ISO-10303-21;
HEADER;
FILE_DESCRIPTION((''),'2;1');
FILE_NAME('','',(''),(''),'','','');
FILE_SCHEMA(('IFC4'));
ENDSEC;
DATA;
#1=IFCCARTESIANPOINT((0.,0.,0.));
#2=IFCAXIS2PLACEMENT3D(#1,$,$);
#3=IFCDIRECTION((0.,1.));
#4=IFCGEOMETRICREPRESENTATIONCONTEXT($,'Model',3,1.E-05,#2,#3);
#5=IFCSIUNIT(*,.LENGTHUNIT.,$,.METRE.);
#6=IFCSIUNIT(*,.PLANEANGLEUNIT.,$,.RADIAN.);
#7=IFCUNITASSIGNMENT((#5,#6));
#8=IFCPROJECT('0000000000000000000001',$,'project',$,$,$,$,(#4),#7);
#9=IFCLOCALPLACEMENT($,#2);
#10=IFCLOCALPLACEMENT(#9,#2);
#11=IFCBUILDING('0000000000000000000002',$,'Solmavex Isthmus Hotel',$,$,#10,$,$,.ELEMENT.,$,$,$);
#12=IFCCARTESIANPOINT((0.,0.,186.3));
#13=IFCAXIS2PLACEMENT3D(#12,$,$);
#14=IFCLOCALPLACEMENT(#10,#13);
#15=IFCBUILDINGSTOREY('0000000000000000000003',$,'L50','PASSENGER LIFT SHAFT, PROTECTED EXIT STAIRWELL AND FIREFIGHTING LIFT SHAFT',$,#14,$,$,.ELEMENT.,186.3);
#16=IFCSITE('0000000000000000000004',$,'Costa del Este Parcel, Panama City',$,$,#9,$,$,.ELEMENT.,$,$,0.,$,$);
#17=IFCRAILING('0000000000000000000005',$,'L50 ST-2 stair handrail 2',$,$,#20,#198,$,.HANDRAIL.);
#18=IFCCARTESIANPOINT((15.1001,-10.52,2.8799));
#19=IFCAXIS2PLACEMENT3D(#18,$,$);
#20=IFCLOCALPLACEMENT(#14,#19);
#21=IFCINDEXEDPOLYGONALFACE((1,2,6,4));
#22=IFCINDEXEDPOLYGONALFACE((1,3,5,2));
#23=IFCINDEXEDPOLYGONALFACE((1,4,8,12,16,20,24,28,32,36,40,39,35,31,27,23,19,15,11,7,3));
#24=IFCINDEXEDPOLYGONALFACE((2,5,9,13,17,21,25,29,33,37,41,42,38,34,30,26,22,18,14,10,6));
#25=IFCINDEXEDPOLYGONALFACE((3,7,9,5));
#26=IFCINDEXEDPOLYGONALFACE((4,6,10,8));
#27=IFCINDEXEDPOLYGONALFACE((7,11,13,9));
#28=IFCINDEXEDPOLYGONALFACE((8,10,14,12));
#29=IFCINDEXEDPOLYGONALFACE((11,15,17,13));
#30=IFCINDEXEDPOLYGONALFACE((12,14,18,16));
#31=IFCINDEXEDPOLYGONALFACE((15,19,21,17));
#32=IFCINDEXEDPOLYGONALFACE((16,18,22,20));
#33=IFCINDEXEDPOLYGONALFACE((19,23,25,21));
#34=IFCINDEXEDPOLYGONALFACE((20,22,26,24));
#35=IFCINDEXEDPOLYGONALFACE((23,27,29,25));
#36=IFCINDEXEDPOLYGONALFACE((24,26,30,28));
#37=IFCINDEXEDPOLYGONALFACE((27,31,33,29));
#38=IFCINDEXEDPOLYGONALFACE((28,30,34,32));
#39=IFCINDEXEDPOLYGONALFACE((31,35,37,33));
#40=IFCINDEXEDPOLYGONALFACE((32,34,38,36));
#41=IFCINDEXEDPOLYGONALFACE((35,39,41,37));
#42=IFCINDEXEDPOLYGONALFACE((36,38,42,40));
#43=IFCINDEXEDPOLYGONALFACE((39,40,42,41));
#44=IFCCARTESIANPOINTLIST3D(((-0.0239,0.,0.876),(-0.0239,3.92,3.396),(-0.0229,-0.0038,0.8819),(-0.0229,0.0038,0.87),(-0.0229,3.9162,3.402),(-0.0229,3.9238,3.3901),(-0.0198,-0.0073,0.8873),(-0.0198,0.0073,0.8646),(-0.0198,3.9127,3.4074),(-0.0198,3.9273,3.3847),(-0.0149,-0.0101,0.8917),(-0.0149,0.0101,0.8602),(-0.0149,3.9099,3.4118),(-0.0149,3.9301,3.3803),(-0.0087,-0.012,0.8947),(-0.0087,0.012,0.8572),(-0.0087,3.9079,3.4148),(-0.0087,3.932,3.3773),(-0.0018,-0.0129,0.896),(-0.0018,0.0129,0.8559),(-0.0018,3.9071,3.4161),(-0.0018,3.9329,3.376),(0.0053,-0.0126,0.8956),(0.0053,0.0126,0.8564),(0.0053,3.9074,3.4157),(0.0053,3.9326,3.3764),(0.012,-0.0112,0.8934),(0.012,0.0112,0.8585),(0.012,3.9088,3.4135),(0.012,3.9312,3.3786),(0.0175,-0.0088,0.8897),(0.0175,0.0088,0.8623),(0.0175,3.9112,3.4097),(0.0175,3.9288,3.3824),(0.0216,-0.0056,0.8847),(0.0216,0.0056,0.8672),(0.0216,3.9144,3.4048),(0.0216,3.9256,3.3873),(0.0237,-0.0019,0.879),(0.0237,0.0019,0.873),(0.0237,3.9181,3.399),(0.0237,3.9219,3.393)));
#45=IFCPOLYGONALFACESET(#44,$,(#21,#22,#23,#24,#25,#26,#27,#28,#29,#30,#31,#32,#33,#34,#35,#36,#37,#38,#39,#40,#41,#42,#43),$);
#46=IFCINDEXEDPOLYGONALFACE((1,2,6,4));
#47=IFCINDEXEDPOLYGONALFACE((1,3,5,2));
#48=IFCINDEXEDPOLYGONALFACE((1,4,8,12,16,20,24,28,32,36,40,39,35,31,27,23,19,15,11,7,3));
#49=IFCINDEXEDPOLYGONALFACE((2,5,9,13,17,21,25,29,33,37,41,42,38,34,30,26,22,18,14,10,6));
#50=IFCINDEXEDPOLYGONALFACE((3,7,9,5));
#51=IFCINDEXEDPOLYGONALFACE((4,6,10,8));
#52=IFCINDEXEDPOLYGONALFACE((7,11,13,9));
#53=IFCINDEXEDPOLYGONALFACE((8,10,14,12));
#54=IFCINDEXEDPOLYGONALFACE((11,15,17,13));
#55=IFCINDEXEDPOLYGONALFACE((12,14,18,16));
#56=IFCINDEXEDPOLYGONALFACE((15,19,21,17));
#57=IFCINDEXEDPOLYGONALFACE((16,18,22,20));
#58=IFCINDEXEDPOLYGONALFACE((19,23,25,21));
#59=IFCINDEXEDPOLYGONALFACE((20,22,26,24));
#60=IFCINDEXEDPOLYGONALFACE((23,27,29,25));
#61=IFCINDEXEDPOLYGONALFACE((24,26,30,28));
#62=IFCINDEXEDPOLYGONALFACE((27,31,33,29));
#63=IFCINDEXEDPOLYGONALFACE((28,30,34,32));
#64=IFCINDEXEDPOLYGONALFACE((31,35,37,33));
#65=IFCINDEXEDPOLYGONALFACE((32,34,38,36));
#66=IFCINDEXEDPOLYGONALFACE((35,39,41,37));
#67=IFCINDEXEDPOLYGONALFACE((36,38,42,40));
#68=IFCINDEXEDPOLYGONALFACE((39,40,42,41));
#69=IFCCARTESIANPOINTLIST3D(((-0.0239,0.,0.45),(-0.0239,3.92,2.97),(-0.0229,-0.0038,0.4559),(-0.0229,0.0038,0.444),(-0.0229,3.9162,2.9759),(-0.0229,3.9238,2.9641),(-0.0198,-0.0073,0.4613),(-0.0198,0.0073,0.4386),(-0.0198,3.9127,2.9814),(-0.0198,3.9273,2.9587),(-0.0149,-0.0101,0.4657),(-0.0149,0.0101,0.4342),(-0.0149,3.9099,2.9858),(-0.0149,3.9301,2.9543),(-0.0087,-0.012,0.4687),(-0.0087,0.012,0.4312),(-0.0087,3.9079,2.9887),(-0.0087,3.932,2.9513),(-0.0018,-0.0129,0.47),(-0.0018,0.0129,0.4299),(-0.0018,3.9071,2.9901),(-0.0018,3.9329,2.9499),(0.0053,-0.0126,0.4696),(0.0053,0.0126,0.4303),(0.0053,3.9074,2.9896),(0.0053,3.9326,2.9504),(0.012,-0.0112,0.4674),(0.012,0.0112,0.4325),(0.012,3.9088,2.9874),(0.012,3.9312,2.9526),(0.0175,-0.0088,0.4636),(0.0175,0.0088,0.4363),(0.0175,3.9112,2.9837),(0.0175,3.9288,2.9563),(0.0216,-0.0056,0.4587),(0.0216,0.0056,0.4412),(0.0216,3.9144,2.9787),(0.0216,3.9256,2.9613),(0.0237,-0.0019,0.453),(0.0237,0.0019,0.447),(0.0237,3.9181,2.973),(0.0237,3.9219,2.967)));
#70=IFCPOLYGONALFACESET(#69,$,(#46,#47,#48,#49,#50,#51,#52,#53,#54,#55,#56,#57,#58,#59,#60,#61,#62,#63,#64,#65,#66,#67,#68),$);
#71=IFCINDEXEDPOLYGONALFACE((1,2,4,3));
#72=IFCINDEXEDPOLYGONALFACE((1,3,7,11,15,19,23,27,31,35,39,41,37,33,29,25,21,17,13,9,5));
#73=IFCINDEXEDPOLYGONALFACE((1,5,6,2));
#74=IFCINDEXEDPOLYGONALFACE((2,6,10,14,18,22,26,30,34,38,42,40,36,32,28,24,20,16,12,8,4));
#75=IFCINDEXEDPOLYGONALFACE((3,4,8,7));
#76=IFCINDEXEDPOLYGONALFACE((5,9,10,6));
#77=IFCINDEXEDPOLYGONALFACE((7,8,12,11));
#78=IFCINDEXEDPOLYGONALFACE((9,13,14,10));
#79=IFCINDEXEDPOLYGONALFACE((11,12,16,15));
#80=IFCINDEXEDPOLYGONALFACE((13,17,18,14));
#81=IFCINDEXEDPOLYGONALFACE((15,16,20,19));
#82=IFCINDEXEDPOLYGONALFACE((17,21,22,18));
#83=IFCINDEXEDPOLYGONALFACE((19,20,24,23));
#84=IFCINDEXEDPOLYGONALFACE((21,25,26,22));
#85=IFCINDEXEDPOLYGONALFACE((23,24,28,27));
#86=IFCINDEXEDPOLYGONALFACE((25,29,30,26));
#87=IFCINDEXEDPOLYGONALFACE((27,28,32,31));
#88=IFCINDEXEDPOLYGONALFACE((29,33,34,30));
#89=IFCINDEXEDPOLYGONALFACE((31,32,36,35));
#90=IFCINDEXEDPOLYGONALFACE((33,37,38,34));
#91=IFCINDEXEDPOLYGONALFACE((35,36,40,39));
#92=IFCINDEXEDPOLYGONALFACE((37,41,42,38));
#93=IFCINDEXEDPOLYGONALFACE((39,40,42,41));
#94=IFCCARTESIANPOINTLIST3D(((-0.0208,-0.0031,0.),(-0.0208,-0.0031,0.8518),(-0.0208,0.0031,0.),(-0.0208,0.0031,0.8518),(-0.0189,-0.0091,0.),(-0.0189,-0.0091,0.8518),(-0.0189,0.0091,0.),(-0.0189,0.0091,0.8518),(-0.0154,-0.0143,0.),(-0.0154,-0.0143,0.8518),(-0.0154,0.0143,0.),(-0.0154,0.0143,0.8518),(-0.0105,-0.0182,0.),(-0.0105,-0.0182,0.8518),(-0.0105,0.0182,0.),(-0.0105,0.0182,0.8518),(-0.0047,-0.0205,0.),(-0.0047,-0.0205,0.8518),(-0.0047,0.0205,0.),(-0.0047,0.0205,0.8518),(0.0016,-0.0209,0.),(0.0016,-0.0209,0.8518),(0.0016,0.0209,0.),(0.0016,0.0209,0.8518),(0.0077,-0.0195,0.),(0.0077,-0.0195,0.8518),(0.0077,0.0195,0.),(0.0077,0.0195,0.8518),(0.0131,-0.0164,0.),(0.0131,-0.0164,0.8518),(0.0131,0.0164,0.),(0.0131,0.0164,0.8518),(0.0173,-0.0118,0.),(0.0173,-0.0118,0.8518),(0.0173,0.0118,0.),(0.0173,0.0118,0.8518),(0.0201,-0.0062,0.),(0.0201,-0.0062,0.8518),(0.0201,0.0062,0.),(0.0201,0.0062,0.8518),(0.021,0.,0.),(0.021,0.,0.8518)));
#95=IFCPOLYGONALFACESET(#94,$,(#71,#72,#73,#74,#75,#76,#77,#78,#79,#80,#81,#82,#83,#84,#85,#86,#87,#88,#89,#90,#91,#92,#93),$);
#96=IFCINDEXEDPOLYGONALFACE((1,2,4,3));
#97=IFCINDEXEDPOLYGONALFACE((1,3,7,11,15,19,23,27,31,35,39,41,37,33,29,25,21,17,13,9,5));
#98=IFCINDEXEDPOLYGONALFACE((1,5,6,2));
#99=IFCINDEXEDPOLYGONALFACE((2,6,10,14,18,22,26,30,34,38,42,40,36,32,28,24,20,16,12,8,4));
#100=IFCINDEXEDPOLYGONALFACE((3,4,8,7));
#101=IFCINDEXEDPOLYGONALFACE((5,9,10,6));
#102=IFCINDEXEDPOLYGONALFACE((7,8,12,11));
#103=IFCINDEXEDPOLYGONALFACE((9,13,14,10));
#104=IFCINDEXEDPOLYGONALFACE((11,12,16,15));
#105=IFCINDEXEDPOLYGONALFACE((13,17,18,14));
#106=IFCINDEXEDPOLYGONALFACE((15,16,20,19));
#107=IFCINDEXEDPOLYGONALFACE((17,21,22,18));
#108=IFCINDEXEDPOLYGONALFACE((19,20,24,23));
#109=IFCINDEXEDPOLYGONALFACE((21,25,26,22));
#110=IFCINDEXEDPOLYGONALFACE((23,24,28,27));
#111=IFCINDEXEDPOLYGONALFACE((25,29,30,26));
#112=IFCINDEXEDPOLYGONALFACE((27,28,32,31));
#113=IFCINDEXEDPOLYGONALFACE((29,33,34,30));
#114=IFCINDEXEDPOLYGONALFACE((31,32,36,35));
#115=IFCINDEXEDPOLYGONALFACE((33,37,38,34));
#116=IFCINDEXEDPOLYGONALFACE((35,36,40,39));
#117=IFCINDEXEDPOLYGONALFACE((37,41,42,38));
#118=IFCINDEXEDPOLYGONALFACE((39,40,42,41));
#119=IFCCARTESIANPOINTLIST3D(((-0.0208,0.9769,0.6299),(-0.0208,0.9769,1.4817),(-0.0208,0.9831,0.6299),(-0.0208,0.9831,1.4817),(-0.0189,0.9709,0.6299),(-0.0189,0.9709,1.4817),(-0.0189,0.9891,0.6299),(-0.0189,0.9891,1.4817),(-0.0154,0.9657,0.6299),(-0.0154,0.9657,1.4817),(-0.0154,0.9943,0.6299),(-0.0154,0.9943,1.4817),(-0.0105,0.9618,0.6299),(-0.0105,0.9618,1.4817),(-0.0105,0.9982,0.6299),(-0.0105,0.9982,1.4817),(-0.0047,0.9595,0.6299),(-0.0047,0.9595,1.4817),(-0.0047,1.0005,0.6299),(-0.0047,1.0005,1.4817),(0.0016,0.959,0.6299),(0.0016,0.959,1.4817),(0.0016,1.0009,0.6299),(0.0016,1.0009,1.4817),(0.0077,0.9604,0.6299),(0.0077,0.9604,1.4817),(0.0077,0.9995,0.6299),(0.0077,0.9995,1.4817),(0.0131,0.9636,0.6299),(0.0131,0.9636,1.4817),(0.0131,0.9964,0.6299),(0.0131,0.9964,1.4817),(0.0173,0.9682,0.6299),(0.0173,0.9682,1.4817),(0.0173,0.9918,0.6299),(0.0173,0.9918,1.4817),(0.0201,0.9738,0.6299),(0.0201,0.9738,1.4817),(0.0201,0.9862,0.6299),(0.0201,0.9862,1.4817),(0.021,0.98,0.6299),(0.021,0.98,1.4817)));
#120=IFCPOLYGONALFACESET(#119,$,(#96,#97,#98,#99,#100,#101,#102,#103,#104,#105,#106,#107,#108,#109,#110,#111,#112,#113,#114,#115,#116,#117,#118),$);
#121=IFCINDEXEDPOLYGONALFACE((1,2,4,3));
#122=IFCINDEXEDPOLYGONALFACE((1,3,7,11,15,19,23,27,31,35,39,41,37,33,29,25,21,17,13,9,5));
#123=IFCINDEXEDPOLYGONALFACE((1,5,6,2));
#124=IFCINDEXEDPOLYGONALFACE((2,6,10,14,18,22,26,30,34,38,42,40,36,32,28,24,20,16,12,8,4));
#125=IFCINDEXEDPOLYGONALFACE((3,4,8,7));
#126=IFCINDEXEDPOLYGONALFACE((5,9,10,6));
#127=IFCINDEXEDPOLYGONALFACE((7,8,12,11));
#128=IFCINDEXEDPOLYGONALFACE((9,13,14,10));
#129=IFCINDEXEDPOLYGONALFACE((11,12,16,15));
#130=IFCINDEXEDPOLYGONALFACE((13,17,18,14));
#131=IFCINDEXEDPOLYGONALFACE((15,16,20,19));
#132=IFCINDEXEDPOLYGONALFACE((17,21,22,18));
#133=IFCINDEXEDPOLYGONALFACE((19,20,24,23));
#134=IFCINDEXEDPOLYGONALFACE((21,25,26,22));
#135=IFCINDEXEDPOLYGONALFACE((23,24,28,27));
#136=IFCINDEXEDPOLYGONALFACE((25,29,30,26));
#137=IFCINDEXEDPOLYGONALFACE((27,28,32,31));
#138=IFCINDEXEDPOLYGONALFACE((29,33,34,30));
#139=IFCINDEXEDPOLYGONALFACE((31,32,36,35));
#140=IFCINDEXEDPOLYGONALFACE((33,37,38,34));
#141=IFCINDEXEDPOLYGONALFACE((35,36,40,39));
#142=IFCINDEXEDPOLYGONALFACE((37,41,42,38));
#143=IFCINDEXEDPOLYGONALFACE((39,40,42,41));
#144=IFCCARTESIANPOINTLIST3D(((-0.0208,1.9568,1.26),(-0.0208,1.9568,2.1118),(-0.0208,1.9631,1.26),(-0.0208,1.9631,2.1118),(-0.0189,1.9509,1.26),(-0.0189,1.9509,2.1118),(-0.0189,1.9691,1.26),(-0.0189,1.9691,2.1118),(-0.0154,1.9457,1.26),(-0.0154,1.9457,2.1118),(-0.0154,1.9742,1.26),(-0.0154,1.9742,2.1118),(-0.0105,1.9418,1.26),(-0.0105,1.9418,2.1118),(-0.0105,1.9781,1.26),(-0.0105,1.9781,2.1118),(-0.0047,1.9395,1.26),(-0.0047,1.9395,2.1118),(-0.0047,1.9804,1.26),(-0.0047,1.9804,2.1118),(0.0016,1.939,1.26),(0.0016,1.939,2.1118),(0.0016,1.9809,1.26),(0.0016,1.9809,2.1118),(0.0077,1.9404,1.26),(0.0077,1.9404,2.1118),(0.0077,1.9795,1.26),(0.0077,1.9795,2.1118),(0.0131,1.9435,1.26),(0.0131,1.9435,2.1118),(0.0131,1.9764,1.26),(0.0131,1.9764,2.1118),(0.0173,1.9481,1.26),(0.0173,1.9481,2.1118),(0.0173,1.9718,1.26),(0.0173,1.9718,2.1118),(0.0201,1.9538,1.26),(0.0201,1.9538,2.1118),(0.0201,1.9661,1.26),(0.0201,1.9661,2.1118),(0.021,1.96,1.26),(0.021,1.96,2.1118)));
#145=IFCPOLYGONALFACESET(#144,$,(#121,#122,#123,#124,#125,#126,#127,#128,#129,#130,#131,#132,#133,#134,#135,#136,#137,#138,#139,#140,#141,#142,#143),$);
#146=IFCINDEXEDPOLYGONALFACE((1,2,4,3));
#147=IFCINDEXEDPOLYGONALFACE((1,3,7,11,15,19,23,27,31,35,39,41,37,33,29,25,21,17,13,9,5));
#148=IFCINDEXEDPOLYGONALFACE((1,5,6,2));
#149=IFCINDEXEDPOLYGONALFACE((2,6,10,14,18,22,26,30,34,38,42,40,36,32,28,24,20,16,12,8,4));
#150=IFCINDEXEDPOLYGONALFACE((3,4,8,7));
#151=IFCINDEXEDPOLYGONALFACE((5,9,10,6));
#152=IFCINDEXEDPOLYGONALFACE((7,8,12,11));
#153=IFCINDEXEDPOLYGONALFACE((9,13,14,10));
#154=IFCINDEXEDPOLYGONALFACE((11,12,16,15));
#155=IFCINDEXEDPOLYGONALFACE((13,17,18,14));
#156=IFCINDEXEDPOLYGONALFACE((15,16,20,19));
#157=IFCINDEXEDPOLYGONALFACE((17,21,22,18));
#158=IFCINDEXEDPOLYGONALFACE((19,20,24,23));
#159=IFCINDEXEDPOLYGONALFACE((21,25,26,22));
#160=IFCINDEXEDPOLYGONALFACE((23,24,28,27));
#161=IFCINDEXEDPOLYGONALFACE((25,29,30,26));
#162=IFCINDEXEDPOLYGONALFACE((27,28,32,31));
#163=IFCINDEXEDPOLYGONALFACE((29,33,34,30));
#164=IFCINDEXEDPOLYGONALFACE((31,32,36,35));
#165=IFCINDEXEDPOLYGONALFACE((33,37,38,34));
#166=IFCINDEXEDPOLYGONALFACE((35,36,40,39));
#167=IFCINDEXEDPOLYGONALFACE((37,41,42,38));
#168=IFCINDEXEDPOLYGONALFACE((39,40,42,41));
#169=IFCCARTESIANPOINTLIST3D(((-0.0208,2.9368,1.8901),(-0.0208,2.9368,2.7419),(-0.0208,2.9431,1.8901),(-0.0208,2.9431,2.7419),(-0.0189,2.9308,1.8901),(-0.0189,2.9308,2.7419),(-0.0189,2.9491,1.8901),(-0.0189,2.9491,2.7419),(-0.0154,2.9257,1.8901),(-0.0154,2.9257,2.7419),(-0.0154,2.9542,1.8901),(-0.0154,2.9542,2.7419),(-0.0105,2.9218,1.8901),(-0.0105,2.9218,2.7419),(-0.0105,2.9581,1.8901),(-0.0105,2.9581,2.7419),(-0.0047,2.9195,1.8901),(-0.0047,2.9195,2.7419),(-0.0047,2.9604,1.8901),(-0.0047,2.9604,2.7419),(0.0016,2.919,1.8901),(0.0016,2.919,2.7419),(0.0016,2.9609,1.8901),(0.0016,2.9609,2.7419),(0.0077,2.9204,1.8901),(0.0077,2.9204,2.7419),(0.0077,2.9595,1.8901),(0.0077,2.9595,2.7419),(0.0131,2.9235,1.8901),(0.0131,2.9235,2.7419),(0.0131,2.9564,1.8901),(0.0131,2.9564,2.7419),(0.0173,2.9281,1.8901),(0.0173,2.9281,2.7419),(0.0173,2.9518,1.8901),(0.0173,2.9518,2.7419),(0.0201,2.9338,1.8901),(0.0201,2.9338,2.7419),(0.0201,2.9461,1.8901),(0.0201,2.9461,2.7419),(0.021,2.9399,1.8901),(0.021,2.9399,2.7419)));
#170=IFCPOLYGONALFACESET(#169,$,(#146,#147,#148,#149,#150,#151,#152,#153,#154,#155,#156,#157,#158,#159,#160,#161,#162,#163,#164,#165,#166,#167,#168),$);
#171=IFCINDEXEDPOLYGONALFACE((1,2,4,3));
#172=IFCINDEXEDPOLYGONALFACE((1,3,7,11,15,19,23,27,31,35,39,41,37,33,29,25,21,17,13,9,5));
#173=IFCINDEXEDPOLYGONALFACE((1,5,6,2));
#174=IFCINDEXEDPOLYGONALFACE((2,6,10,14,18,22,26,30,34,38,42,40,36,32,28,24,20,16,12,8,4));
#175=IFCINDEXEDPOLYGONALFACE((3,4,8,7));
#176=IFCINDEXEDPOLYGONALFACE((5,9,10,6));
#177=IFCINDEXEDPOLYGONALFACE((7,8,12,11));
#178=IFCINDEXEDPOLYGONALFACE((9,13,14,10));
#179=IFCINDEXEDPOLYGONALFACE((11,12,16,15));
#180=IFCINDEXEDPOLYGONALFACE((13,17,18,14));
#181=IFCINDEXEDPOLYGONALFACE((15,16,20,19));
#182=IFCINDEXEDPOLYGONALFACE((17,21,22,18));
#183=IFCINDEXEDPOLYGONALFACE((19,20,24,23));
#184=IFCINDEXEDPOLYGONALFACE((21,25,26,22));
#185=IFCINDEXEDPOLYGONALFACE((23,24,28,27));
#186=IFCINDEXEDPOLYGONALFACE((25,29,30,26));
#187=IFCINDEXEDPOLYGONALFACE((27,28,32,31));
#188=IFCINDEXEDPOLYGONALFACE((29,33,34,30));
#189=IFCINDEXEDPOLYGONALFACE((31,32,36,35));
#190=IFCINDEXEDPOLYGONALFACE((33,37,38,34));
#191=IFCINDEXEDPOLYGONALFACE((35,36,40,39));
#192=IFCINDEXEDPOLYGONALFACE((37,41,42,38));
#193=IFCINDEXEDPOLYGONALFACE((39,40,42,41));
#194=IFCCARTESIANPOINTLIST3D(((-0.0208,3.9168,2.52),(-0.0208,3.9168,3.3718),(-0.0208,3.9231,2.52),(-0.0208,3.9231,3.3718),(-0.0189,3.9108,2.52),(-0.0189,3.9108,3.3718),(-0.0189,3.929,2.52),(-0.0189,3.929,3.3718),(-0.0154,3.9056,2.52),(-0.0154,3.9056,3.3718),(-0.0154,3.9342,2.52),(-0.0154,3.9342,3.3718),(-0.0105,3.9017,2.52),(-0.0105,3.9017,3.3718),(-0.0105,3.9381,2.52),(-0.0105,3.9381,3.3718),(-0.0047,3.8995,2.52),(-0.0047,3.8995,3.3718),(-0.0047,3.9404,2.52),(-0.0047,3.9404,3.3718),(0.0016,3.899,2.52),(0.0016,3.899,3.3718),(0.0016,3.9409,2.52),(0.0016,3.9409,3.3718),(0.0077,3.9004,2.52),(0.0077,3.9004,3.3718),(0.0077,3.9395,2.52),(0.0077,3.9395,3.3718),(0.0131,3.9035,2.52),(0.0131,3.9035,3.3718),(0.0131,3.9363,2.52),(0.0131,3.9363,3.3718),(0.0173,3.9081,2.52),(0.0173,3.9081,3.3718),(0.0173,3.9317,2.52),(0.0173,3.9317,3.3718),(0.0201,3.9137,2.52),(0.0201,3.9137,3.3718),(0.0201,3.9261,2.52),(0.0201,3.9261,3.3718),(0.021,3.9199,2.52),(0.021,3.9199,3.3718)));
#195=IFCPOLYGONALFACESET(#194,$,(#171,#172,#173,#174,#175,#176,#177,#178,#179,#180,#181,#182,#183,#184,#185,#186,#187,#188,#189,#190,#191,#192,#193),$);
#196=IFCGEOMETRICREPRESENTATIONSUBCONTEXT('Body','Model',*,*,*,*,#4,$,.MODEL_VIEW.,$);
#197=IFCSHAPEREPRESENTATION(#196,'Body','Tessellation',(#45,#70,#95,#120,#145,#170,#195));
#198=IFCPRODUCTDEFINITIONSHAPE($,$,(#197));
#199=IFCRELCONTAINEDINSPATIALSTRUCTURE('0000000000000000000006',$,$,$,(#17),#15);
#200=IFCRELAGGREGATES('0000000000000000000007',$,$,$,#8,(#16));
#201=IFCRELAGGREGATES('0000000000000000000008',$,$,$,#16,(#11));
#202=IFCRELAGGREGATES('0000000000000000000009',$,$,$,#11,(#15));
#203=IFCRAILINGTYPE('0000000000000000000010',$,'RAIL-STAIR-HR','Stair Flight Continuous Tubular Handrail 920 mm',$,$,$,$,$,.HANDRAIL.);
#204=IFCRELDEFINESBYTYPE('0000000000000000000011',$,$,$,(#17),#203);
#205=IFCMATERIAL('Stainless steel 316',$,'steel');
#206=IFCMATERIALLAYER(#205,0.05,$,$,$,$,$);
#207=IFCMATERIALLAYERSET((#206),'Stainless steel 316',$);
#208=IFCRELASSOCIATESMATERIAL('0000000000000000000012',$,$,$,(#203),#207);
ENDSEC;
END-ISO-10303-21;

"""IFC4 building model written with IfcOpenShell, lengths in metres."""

from ifc_helpers import new_model, si_unit, direction, frame, origin, origin_2d, place, context, subcontext, project, spatial, circle, extrude, material, layer, layer_set, type_object, element, save


model = new_model("IFC4")

# Units and contexts
model_context = context("Model", 3, precision=1e-05, world=origin(), true_north=direction((0.0, 1.0)))
body_context = subcontext(model_context, "Body", "Model", "MODEL_VIEW")
ifc_project = project(units=[si_unit("LENGTHUNIT", "METRE"), si_unit("PLANEANGLEUNIT", "RADIAN")], contexts=[model_context])

# Site, building, storey
site_placement = place(None, origin())
site = spatial("IfcSite", under=ifc_project, at=site_placement, Name="Costa del Este Parcel, Panama City", CompositionType="ELEMENT", RefElevation=0.0)
building_placement = place(site_placement, origin())
building = spatial("IfcBuilding", under=site, at=building_placement, Name="Solmavex Isthmus Hotel", CompositionType="ELEMENT")
storey_placement = place(building_placement, frame((0.0, 0.0, 186.3)))
storey = spatial("IfcBuildingStorey", under=building, at=storey_placement, Name="L50", Description="PASSENGER LIFT SHAFT, PROTECTED EXIT STAIRWELL AND FIREFIGHTING LIFT SHAFT", CompositionType="ELEMENT", Elevation=186.3)

# Shared definitions
ifc_material_1 = material(Name="Stainless steel 316", Category="steel")

# Railing
ifc_layer_1 = layer(ifc_material_1, 0.05)
ifc_layer_set_1 = layer_set([ifc_layer_1], Name="Stainless steel 316")
railing_type_1 = type_object("IfcRailingType", Name="RAIL-STAIR-HR", Description="Stair Flight Continuous Tubular Handrail 920 mm", PredefinedType="HANDRAIL", material=ifc_layer_set_1)
railing_1_placement = place(storey_placement, frame((15.1001, -10.52, 2.8799)))
element("IfcRailing", 1, at=railing_1_placement, inside=storey, type_object=railing_type_1, Name="L50 ST-2 stair handrail 2", PredefinedType="HANDRAIL", context=body_context, shape_type="SweptSolid", body=[
    extrude(circle(Radius=0.0239, at=origin_2d()), frame((0.0, 0.0, 0.876), z_axis=(0.0, 0.841172, 0.540768), x_axis=(-1.0, 0.0, 0.0)), (0.0, 0.0, 1.0), 4.6602),
    extrude(circle(Radius=0.0239, at=origin_2d()), frame((0.0, 0.0, 0.45), z_axis=(0.0, 0.841172, 0.540768), x_axis=(-1.0, 0.0, 0.0)), (0.0, 0.0, 1.0), 4.6602),
    extrude(circle(Radius=0.021, at=origin_2d()), origin(), (0.0, 0.0, 1.0), 0.8518),
    extrude(circle(Radius=0.021, at=origin_2d()), frame((0.0, 0.98, 0.6299)), (0.0, 0.0, 1.0), 0.8518),
    extrude(circle(Radius=0.021, at=origin_2d()), frame((0.0, 1.96, 1.26)), (0.0, 0.0, 1.0), 0.8518),
    extrude(circle(Radius=0.021, at=origin_2d()), frame((0.0, 2.9399, 1.8901)), (0.0, 0.0, 1.0), 0.8518),
    extrude(circle(Radius=0.021, at=origin_2d()), frame((0.0, 3.9199, 2.52)), (0.0, 0.0, 1.0), 0.8518),
])

save(model, "model.ifc")
